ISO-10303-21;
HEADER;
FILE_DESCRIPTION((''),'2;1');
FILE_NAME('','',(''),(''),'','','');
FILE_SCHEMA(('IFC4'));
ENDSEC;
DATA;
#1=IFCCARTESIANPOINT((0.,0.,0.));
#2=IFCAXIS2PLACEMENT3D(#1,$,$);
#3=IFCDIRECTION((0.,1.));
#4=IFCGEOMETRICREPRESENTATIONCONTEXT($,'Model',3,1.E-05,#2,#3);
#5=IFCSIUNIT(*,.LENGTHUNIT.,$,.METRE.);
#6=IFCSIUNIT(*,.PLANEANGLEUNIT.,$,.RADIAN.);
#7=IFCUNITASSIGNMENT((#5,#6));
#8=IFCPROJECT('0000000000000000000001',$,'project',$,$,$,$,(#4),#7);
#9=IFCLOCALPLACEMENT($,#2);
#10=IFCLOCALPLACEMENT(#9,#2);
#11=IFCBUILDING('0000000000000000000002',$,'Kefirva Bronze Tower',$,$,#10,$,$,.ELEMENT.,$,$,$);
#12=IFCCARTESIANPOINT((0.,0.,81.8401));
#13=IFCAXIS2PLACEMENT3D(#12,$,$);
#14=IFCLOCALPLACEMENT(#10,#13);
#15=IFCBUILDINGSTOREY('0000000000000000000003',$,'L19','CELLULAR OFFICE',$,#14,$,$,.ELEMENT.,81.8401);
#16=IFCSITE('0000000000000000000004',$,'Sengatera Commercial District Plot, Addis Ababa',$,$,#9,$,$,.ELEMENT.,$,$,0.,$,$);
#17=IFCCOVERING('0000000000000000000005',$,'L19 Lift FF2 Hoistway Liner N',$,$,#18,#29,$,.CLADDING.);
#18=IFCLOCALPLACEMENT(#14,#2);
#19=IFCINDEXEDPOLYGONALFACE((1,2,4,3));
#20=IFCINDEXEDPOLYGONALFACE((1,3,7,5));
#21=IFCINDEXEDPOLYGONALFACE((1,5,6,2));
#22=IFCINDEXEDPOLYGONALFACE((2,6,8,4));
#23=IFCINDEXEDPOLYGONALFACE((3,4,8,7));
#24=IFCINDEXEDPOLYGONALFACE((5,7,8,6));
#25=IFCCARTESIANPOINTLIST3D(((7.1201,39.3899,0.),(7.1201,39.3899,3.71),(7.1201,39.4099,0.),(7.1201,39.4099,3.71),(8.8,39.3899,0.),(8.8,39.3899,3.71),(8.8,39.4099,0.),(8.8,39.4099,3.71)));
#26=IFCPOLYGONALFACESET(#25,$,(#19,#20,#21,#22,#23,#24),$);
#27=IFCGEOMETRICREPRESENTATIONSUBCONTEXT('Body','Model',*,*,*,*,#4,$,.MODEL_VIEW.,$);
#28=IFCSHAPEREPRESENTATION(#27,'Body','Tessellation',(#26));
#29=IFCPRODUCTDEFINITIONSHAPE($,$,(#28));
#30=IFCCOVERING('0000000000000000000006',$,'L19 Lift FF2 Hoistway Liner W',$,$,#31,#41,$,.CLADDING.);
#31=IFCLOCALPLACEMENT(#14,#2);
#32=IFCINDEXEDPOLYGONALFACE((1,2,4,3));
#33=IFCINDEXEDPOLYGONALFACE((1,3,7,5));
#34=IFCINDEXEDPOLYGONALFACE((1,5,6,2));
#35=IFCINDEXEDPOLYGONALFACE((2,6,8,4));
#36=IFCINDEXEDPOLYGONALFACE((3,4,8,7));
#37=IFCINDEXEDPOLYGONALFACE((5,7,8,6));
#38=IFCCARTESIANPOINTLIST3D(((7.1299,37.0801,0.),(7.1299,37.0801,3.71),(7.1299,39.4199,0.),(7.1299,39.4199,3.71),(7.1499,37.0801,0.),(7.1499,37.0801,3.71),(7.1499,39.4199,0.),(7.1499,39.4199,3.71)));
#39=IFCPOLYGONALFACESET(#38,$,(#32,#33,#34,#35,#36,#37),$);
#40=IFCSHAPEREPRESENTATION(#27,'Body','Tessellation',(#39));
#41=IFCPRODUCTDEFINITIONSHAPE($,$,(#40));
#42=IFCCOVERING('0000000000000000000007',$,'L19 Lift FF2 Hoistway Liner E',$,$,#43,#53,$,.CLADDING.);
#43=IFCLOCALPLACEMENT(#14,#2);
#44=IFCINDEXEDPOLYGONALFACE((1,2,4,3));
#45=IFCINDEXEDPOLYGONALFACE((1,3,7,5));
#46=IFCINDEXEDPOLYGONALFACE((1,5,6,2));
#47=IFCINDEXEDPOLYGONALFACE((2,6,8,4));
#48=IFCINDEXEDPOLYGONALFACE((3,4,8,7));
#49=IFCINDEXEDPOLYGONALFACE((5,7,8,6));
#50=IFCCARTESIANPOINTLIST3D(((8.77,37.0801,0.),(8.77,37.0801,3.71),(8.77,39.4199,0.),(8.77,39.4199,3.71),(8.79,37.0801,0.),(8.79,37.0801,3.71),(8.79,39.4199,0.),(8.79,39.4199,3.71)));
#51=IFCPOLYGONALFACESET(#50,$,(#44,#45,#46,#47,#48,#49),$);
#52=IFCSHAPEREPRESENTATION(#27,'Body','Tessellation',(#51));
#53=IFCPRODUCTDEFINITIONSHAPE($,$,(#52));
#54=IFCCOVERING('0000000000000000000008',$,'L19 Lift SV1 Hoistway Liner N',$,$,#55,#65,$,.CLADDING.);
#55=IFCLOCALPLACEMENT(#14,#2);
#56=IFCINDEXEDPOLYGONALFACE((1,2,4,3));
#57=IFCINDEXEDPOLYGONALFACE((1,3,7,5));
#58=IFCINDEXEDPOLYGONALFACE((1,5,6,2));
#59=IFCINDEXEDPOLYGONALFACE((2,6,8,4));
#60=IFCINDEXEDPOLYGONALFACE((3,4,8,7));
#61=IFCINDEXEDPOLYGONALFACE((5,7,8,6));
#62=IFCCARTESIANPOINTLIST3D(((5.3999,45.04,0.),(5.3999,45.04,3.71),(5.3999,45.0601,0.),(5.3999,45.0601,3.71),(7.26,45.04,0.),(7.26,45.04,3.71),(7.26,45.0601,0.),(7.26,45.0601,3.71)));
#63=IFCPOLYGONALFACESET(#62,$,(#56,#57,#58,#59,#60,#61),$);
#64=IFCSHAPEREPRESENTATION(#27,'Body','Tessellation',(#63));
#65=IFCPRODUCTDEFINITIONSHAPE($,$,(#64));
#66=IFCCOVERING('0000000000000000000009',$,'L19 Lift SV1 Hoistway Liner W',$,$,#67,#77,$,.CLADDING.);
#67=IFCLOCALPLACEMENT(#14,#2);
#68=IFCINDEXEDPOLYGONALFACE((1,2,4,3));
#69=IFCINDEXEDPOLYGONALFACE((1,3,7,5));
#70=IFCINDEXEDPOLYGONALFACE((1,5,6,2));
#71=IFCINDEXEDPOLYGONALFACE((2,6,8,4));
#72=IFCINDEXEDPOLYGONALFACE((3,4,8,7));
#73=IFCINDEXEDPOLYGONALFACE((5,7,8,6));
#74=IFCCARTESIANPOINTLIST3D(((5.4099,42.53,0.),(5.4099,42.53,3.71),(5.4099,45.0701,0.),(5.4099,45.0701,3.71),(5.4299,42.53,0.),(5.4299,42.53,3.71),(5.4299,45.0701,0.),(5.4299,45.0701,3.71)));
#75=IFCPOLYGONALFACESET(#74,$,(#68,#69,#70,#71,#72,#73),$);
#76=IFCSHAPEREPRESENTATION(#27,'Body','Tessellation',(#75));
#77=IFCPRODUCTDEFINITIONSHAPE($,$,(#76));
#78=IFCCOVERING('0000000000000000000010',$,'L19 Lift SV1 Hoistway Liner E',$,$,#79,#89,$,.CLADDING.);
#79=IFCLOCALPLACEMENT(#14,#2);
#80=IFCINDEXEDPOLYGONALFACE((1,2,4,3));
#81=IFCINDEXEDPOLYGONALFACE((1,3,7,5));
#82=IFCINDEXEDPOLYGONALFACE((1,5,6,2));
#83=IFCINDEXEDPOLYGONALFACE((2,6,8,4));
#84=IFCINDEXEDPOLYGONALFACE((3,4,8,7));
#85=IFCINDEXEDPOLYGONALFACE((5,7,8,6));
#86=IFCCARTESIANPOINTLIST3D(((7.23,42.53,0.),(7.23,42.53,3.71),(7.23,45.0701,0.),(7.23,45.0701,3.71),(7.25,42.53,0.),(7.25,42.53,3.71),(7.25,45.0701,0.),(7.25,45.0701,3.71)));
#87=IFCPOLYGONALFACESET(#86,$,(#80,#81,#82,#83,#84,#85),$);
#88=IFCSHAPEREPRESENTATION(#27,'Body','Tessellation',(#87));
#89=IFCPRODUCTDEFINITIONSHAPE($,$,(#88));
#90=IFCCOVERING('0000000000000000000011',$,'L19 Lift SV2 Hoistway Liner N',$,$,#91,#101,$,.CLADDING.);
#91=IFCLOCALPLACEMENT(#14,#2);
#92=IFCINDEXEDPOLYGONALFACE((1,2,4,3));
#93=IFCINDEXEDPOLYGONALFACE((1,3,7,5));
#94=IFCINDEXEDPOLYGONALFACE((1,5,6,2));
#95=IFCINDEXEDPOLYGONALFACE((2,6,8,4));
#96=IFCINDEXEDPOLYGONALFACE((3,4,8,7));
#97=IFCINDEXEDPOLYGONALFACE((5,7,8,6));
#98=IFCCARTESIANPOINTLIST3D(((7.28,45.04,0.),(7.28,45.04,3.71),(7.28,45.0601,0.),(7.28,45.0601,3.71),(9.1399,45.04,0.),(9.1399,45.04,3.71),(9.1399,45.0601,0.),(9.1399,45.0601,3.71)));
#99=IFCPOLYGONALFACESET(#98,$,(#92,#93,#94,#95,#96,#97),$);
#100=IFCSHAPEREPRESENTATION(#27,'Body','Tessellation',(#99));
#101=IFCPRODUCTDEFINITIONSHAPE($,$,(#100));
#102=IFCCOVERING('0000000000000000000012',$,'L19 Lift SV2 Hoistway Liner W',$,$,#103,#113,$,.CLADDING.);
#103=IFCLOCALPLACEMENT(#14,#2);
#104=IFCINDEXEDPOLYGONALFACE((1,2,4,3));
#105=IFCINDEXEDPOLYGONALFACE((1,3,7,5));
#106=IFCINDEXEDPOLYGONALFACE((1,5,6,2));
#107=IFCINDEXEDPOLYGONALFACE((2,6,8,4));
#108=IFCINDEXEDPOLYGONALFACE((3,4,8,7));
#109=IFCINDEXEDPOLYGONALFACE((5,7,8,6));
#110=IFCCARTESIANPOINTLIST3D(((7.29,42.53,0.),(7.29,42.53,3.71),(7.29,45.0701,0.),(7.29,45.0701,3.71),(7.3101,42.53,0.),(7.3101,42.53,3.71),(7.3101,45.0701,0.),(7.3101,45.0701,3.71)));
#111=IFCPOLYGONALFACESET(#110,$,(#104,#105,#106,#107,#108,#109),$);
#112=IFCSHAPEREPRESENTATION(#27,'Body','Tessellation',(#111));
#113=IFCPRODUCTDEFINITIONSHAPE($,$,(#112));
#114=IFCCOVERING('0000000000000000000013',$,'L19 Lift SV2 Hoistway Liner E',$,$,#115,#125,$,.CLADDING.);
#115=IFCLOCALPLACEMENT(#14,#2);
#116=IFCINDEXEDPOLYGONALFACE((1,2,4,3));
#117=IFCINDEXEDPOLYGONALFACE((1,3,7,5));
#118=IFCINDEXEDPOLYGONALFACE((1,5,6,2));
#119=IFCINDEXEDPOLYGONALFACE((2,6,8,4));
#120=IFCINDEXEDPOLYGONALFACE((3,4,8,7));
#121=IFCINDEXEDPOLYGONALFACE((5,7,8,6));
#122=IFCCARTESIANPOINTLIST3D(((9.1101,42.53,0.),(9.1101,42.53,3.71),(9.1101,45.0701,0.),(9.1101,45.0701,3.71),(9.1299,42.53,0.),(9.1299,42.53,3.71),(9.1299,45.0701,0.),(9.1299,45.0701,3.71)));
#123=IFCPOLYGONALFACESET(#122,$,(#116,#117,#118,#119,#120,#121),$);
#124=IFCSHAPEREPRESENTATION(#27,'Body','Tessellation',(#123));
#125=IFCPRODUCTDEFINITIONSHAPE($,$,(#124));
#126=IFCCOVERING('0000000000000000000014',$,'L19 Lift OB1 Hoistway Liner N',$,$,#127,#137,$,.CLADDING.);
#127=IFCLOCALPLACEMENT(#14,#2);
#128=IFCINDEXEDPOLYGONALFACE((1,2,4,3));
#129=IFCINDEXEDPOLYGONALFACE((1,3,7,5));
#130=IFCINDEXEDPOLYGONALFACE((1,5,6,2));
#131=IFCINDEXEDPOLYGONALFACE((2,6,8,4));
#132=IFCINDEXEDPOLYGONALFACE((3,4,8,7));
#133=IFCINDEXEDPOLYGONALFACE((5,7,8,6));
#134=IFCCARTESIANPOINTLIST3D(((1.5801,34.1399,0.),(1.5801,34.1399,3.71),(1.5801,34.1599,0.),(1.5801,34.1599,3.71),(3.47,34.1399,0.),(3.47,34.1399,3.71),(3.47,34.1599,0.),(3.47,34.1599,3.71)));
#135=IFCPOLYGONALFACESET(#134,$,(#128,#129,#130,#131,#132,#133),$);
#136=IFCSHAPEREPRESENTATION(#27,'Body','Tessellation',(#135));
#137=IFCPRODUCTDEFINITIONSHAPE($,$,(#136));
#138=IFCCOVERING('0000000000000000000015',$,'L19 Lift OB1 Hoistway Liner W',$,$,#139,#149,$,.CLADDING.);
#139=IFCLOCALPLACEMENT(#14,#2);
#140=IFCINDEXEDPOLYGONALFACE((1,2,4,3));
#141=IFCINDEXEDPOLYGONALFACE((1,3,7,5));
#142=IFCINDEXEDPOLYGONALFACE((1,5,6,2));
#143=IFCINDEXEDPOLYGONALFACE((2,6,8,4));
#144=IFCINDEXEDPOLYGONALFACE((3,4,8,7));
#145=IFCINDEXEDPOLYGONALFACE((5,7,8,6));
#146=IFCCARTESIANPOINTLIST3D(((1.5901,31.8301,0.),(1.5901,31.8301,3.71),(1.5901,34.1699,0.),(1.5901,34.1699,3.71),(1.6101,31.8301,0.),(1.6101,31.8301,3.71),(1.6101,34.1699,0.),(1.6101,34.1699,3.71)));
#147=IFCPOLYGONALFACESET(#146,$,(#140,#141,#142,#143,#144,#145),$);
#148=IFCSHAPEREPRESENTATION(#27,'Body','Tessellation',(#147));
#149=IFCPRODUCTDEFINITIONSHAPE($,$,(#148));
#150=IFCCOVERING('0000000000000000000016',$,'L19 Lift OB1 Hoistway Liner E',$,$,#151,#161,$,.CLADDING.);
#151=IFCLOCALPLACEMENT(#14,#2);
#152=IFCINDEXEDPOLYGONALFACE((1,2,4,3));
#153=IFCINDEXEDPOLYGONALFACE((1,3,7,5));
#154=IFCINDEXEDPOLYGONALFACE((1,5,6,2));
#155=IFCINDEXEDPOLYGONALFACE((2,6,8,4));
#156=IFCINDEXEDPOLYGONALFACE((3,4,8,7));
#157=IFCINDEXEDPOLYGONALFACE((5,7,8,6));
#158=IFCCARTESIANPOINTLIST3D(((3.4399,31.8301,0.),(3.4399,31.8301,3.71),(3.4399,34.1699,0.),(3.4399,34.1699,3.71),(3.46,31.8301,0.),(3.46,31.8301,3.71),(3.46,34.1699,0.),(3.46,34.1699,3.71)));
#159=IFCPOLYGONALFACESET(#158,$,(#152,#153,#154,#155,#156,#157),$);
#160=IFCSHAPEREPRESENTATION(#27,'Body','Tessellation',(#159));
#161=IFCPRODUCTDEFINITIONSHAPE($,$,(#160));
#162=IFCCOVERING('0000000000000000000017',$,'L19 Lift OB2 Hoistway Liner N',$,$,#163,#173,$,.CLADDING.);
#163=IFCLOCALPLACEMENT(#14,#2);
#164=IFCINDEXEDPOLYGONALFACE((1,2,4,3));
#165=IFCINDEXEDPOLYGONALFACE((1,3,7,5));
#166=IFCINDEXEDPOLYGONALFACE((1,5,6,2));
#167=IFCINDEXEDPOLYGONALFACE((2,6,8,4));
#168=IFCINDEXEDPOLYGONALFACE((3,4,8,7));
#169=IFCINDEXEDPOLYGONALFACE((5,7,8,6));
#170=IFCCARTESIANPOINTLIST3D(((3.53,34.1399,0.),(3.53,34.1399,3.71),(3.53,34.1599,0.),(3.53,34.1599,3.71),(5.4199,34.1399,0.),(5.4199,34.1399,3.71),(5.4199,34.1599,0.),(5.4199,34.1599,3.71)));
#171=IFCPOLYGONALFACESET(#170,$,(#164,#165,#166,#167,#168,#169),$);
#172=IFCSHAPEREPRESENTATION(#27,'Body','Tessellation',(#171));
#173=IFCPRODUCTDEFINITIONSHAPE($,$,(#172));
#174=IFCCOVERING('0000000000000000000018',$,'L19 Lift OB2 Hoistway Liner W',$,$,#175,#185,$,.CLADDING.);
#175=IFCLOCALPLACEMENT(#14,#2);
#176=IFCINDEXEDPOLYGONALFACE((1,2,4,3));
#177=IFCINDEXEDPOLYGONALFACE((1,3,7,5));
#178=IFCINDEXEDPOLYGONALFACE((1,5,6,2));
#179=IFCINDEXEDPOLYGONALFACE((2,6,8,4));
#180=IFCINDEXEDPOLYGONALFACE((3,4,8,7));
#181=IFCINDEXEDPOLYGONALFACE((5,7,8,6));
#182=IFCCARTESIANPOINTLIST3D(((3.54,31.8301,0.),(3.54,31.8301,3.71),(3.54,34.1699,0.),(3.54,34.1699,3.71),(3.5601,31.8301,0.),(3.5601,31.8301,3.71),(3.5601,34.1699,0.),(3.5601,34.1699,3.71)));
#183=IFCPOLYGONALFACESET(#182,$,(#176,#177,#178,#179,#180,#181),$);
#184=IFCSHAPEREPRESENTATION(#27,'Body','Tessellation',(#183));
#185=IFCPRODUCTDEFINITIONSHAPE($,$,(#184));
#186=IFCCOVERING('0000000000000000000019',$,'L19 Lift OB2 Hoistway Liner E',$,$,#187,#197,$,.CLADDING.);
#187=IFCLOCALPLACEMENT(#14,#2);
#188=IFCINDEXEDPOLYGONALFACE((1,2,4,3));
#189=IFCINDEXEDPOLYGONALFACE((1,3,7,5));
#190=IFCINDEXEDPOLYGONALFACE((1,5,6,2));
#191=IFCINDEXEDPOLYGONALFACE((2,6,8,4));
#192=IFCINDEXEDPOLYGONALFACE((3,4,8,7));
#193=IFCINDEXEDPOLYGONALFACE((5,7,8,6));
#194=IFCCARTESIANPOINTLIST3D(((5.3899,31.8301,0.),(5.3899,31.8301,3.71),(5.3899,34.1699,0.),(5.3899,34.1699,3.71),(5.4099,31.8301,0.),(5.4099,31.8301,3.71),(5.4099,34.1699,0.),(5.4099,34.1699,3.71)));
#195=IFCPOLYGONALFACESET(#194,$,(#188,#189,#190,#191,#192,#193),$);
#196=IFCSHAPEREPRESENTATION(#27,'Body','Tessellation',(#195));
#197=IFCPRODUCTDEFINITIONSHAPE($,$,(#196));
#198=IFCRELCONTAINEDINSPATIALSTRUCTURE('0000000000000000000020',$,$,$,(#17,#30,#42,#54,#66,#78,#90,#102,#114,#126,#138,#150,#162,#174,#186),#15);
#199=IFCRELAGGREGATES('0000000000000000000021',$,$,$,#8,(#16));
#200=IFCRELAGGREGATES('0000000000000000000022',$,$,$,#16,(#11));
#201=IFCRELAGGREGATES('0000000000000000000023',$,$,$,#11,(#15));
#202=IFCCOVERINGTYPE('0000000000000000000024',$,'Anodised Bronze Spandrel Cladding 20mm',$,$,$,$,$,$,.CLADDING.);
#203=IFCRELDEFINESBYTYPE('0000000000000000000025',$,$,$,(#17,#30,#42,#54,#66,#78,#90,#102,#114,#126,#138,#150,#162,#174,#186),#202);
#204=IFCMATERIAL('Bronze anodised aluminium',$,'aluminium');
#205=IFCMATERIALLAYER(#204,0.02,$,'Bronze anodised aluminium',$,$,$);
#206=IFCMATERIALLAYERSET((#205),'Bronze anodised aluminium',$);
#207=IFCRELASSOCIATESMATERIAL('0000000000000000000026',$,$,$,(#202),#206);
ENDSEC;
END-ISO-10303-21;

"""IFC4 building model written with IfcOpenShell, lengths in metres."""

from ifc_helpers import new_model, si_unit, direction, frame, origin, place, context, subcontext, project, spatial, polyline, outline, extrude, material, layer, layer_set, type_object, element, save


model = new_model("IFC4")

# Units and contexts
model_context = context("Model", 3, precision=1e-05, world=origin(), true_north=direction((0.0, 1.0)))
body_context = subcontext(model_context, "Body", "Model", "MODEL_VIEW")
ifc_project = project(units=[si_unit("LENGTHUNIT", "METRE"), si_unit("PLANEANGLEUNIT", "RADIAN")], contexts=[model_context])

# Site, building, storey
site_placement = place(None, origin())
site = spatial("IfcSite", under=ifc_project, at=site_placement, Name="Sengatera Commercial District Plot, Addis Ababa", CompositionType="ELEMENT", RefElevation=0.0)
building_placement = place(site_placement, origin())
building = spatial("IfcBuilding", under=site, at=building_placement, Name="Kefirva Bronze Tower", CompositionType="ELEMENT")
storey_placement = place(building_placement, frame((0.0, 0.0, 81.8401)))
storey = spatial("IfcBuildingStorey", under=building, at=storey_placement, Name="L19", Description="CELLULAR OFFICE", CompositionType="ELEMENT", Elevation=81.8401)

# Coverings
ifc_material_1 = material(Name="Bronze anodised aluminium", Category="aluminium")
ifc_layer_1 = layer(ifc_material_1, 0.02, Name="Bronze anodised aluminium")
ifc_layer_set_1 = layer_set([ifc_layer_1], Name="Bronze anodised aluminium")
covering_type = type_object("IfcCoveringType", Name="Anodised Bronze Spandrel Cladding 20mm", PredefinedType="CLADDING", material=ifc_layer_set_1)
covering_1_placement = place(storey_placement, origin())
element("IfcCovering", 1, at=covering_1_placement, inside=storey, type_object=covering_type, Name="L19 Lift FF2 Hoistway Liner N", PredefinedType="CLADDING", context=body_context, shape_type="SweptSolid", body=[
    extrude(outline(polyline([(7.1201, 39.3899), (8.8, 39.3899), (8.8, 39.4099), (7.1201, 39.4099), (7.1201, 39.3899)])), origin(), (0.0, 0.0, 1.0), 3.71),
])
covering_2_placement = place(storey_placement, origin())
element("IfcCovering", 2, at=covering_2_placement, inside=storey, type_object=covering_type, Name="L19 Lift FF2 Hoistway Liner W", PredefinedType="CLADDING", context=body_context, shape_type="SweptSolid", body=[
    extrude(outline(polyline([(7.1299, 37.0801), (7.1499, 37.0801), (7.1499, 39.4199), (7.1299, 39.4199), (7.1299, 37.0801)])), origin(), (0.0, 0.0, 1.0), 3.71),
])
covering_3_placement = place(storey_placement, origin())
element("IfcCovering", 3, at=covering_3_placement, inside=storey, type_object=covering_type, Name="L19 Lift FF2 Hoistway Liner E", PredefinedType="CLADDING", context=body_context, shape_type="SweptSolid", body=[
    extrude(outline(polyline([(8.77, 37.0801), (8.79, 37.0801), (8.79, 39.4199), (8.77, 39.4199), (8.77, 37.0801)])), origin(), (0.0, 0.0, 1.0), 3.71),
])
covering_4_placement = place(storey_placement, origin())
element("IfcCovering", 4, at=covering_4_placement, inside=storey, type_object=covering_type, Name="L19 Lift SV1 Hoistway Liner N", PredefinedType="CLADDING", context=body_context, shape_type="SweptSolid", body=[
    extrude(outline(polyline([(5.3999, 45.04), (7.26, 45.04), (7.26, 45.0601), (5.3999, 45.0601), (5.3999, 45.04)])), origin(), (0.0, 0.0, 1.0), 3.71),
])
covering_5_placement = place(storey_placement, origin())
element("IfcCovering", 5, at=covering_5_placement, inside=storey, type_object=covering_type, Name="L19 Lift SV1 Hoistway Liner W", PredefinedType="CLADDING", context=body_context, shape_type="SweptSolid", body=[
    extrude(outline(polyline([(5.4099, 42.53), (5.4299, 42.53), (5.4299, 45.0701), (5.4099, 45.0701), (5.4099, 42.53)])), origin(), (0.0, 0.0, 1.0), 3.71),
])
covering_6_placement = place(storey_placement, origin())
element("IfcCovering", 6, at=covering_6_placement, inside=storey, type_object=covering_type, Name="L19 Lift SV1 Hoistway Liner E", PredefinedType="CLADDING", context=body_context, shape_type="SweptSolid", body=[
    extrude(outline(polyline([(7.23, 42.53), (7.25, 42.53), (7.25, 45.0701), (7.23, 45.0701), (7.23, 42.53)])), origin(), (0.0, 0.0, 1.0), 3.71),
])
covering_7_placement = place(storey_placement, origin())
element("IfcCovering", 7, at=covering_7_placement, inside=storey, type_object=covering_type, Name="L19 Lift SV2 Hoistway Liner N", PredefinedType="CLADDING", context=body_context, shape_type="SweptSolid", body=[
    extrude(outline(polyline([(7.28, 45.04), (9.1399, 45.04), (9.1399, 45.0601), (7.28, 45.0601), (7.28, 45.04)])), origin(), (0.0, 0.0, 1.0), 3.71),
])
covering_8_placement = place(storey_placement, origin())
element("IfcCovering", 8, at=covering_8_placement, inside=storey, type_object=covering_type, Name="L19 Lift SV2 Hoistway Liner W", PredefinedType="CLADDING", context=body_context, shape_type="SweptSolid", body=[
    extrude(outline(polyline([(7.29, 42.53), (7.3101, 42.53), (7.3101, 45.0701), (7.29, 45.0701), (7.29, 42.53)])), origin(), (0.0, 0.0, 1.0), 3.71),
])
covering_9_placement = place(storey_placement, origin())
element("IfcCovering", 9, at=covering_9_placement, inside=storey, type_object=covering_type, Name="L19 Lift SV2 Hoistway Liner E", PredefinedType="CLADDING", context=body_context, shape_type="SweptSolid", body=[
    extrude(outline(polyline([(9.1101, 42.53), (9.1299, 42.53), (9.1299, 45.0701), (9.1101, 45.0701), (9.1101, 42.53)])), origin(), (0.0, 0.0, 1.0), 3.71),
])
covering_10_placement = place(storey_placement, origin())
element("IfcCovering", 10, at=covering_10_placement, inside=storey, type_object=covering_type, Name="L19 Lift OB1 Hoistway Liner N", PredefinedType="CLADDING", context=body_context, shape_type="SweptSolid", body=[
    extrude(outline(polyline([(1.5801, 34.1399), (3.47, 34.1399), (3.47, 34.1599), (1.5801, 34.1599), (1.5801, 34.1399)])), origin(), (0.0, 0.0, 1.0), 3.71),
])
covering_11_placement = place(storey_placement, origin())
element("IfcCovering", 11, at=covering_11_placement, inside=storey, type_object=covering_type, Name="L19 Lift OB1 Hoistway Liner W", PredefinedType="CLADDING", context=body_context, shape_type="SweptSolid", body=[
    extrude(outline(polyline([(1.5901, 31.8301), (1.6101, 31.8301), (1.6101, 34.1699), (1.5901, 34.1699), (1.5901, 31.8301)])), origin(), (0.0, 0.0, 1.0), 3.71),
])
covering_12_placement = place(storey_placement, origin())
element("IfcCovering", 12, at=covering_12_placement, inside=storey, type_object=covering_type, Name="L19 Lift OB1 Hoistway Liner E", PredefinedType="CLADDING", context=body_context, shape_type="SweptSolid", body=[
    extrude(outline(polyline([(3.4399, 31.8301), (3.46, 31.8301), (3.46, 34.1699), (3.4399, 34.1699), (3.4399, 31.8301)])), origin(), (0.0, 0.0, 1.0), 3.71),
])
covering_13_placement = place(storey_placement, origin())
element("IfcCovering", 13, at=covering_13_placement, inside=storey, type_object=covering_type, Name="L19 Lift OB2 Hoistway Liner N", PredefinedType="CLADDING", context=body_context, shape_type="SweptSolid", body=[
    extrude(outline(polyline([(3.53, 34.1399), (5.4199, 34.1399), (5.4199, 34.1599), (3.53, 34.1599), (3.53, 34.1399)])), origin(), (0.0, 0.0, 1.0), 3.71),
])
covering_14_placement = place(storey_placement, origin())
element("IfcCovering", 14, at=covering_14_placement, inside=storey, type_object=covering_type, Name="L19 Lift OB2 Hoistway Liner W", PredefinedType="CLADDING", context=body_context, shape_type="SweptSolid", body=[
    extrude(outline(polyline([(3.54, 31.8301), (3.5601, 31.8301), (3.5601, 34.1699), (3.54, 34.1699), (3.54, 31.8301)])), origin(), (0.0, 0.0, 1.0), 3.71),
])
covering_15_placement = place(storey_placement, origin())
element("IfcCovering", 15, at=covering_15_placement, inside=storey, type_object=covering_type, Name="L19 Lift OB2 Hoistway Liner E", PredefinedType="CLADDING", context=body_context, shape_type="SweptSolid", body=[
    extrude(outline(polyline([(5.3899, 31.8301), (5.4099, 31.8301), (5.4099, 34.1699), (5.3899, 34.1699), (5.3899, 31.8301)])), origin(), (0.0, 0.0, 1.0), 3.71),
])

save(model, "model.ifc")
